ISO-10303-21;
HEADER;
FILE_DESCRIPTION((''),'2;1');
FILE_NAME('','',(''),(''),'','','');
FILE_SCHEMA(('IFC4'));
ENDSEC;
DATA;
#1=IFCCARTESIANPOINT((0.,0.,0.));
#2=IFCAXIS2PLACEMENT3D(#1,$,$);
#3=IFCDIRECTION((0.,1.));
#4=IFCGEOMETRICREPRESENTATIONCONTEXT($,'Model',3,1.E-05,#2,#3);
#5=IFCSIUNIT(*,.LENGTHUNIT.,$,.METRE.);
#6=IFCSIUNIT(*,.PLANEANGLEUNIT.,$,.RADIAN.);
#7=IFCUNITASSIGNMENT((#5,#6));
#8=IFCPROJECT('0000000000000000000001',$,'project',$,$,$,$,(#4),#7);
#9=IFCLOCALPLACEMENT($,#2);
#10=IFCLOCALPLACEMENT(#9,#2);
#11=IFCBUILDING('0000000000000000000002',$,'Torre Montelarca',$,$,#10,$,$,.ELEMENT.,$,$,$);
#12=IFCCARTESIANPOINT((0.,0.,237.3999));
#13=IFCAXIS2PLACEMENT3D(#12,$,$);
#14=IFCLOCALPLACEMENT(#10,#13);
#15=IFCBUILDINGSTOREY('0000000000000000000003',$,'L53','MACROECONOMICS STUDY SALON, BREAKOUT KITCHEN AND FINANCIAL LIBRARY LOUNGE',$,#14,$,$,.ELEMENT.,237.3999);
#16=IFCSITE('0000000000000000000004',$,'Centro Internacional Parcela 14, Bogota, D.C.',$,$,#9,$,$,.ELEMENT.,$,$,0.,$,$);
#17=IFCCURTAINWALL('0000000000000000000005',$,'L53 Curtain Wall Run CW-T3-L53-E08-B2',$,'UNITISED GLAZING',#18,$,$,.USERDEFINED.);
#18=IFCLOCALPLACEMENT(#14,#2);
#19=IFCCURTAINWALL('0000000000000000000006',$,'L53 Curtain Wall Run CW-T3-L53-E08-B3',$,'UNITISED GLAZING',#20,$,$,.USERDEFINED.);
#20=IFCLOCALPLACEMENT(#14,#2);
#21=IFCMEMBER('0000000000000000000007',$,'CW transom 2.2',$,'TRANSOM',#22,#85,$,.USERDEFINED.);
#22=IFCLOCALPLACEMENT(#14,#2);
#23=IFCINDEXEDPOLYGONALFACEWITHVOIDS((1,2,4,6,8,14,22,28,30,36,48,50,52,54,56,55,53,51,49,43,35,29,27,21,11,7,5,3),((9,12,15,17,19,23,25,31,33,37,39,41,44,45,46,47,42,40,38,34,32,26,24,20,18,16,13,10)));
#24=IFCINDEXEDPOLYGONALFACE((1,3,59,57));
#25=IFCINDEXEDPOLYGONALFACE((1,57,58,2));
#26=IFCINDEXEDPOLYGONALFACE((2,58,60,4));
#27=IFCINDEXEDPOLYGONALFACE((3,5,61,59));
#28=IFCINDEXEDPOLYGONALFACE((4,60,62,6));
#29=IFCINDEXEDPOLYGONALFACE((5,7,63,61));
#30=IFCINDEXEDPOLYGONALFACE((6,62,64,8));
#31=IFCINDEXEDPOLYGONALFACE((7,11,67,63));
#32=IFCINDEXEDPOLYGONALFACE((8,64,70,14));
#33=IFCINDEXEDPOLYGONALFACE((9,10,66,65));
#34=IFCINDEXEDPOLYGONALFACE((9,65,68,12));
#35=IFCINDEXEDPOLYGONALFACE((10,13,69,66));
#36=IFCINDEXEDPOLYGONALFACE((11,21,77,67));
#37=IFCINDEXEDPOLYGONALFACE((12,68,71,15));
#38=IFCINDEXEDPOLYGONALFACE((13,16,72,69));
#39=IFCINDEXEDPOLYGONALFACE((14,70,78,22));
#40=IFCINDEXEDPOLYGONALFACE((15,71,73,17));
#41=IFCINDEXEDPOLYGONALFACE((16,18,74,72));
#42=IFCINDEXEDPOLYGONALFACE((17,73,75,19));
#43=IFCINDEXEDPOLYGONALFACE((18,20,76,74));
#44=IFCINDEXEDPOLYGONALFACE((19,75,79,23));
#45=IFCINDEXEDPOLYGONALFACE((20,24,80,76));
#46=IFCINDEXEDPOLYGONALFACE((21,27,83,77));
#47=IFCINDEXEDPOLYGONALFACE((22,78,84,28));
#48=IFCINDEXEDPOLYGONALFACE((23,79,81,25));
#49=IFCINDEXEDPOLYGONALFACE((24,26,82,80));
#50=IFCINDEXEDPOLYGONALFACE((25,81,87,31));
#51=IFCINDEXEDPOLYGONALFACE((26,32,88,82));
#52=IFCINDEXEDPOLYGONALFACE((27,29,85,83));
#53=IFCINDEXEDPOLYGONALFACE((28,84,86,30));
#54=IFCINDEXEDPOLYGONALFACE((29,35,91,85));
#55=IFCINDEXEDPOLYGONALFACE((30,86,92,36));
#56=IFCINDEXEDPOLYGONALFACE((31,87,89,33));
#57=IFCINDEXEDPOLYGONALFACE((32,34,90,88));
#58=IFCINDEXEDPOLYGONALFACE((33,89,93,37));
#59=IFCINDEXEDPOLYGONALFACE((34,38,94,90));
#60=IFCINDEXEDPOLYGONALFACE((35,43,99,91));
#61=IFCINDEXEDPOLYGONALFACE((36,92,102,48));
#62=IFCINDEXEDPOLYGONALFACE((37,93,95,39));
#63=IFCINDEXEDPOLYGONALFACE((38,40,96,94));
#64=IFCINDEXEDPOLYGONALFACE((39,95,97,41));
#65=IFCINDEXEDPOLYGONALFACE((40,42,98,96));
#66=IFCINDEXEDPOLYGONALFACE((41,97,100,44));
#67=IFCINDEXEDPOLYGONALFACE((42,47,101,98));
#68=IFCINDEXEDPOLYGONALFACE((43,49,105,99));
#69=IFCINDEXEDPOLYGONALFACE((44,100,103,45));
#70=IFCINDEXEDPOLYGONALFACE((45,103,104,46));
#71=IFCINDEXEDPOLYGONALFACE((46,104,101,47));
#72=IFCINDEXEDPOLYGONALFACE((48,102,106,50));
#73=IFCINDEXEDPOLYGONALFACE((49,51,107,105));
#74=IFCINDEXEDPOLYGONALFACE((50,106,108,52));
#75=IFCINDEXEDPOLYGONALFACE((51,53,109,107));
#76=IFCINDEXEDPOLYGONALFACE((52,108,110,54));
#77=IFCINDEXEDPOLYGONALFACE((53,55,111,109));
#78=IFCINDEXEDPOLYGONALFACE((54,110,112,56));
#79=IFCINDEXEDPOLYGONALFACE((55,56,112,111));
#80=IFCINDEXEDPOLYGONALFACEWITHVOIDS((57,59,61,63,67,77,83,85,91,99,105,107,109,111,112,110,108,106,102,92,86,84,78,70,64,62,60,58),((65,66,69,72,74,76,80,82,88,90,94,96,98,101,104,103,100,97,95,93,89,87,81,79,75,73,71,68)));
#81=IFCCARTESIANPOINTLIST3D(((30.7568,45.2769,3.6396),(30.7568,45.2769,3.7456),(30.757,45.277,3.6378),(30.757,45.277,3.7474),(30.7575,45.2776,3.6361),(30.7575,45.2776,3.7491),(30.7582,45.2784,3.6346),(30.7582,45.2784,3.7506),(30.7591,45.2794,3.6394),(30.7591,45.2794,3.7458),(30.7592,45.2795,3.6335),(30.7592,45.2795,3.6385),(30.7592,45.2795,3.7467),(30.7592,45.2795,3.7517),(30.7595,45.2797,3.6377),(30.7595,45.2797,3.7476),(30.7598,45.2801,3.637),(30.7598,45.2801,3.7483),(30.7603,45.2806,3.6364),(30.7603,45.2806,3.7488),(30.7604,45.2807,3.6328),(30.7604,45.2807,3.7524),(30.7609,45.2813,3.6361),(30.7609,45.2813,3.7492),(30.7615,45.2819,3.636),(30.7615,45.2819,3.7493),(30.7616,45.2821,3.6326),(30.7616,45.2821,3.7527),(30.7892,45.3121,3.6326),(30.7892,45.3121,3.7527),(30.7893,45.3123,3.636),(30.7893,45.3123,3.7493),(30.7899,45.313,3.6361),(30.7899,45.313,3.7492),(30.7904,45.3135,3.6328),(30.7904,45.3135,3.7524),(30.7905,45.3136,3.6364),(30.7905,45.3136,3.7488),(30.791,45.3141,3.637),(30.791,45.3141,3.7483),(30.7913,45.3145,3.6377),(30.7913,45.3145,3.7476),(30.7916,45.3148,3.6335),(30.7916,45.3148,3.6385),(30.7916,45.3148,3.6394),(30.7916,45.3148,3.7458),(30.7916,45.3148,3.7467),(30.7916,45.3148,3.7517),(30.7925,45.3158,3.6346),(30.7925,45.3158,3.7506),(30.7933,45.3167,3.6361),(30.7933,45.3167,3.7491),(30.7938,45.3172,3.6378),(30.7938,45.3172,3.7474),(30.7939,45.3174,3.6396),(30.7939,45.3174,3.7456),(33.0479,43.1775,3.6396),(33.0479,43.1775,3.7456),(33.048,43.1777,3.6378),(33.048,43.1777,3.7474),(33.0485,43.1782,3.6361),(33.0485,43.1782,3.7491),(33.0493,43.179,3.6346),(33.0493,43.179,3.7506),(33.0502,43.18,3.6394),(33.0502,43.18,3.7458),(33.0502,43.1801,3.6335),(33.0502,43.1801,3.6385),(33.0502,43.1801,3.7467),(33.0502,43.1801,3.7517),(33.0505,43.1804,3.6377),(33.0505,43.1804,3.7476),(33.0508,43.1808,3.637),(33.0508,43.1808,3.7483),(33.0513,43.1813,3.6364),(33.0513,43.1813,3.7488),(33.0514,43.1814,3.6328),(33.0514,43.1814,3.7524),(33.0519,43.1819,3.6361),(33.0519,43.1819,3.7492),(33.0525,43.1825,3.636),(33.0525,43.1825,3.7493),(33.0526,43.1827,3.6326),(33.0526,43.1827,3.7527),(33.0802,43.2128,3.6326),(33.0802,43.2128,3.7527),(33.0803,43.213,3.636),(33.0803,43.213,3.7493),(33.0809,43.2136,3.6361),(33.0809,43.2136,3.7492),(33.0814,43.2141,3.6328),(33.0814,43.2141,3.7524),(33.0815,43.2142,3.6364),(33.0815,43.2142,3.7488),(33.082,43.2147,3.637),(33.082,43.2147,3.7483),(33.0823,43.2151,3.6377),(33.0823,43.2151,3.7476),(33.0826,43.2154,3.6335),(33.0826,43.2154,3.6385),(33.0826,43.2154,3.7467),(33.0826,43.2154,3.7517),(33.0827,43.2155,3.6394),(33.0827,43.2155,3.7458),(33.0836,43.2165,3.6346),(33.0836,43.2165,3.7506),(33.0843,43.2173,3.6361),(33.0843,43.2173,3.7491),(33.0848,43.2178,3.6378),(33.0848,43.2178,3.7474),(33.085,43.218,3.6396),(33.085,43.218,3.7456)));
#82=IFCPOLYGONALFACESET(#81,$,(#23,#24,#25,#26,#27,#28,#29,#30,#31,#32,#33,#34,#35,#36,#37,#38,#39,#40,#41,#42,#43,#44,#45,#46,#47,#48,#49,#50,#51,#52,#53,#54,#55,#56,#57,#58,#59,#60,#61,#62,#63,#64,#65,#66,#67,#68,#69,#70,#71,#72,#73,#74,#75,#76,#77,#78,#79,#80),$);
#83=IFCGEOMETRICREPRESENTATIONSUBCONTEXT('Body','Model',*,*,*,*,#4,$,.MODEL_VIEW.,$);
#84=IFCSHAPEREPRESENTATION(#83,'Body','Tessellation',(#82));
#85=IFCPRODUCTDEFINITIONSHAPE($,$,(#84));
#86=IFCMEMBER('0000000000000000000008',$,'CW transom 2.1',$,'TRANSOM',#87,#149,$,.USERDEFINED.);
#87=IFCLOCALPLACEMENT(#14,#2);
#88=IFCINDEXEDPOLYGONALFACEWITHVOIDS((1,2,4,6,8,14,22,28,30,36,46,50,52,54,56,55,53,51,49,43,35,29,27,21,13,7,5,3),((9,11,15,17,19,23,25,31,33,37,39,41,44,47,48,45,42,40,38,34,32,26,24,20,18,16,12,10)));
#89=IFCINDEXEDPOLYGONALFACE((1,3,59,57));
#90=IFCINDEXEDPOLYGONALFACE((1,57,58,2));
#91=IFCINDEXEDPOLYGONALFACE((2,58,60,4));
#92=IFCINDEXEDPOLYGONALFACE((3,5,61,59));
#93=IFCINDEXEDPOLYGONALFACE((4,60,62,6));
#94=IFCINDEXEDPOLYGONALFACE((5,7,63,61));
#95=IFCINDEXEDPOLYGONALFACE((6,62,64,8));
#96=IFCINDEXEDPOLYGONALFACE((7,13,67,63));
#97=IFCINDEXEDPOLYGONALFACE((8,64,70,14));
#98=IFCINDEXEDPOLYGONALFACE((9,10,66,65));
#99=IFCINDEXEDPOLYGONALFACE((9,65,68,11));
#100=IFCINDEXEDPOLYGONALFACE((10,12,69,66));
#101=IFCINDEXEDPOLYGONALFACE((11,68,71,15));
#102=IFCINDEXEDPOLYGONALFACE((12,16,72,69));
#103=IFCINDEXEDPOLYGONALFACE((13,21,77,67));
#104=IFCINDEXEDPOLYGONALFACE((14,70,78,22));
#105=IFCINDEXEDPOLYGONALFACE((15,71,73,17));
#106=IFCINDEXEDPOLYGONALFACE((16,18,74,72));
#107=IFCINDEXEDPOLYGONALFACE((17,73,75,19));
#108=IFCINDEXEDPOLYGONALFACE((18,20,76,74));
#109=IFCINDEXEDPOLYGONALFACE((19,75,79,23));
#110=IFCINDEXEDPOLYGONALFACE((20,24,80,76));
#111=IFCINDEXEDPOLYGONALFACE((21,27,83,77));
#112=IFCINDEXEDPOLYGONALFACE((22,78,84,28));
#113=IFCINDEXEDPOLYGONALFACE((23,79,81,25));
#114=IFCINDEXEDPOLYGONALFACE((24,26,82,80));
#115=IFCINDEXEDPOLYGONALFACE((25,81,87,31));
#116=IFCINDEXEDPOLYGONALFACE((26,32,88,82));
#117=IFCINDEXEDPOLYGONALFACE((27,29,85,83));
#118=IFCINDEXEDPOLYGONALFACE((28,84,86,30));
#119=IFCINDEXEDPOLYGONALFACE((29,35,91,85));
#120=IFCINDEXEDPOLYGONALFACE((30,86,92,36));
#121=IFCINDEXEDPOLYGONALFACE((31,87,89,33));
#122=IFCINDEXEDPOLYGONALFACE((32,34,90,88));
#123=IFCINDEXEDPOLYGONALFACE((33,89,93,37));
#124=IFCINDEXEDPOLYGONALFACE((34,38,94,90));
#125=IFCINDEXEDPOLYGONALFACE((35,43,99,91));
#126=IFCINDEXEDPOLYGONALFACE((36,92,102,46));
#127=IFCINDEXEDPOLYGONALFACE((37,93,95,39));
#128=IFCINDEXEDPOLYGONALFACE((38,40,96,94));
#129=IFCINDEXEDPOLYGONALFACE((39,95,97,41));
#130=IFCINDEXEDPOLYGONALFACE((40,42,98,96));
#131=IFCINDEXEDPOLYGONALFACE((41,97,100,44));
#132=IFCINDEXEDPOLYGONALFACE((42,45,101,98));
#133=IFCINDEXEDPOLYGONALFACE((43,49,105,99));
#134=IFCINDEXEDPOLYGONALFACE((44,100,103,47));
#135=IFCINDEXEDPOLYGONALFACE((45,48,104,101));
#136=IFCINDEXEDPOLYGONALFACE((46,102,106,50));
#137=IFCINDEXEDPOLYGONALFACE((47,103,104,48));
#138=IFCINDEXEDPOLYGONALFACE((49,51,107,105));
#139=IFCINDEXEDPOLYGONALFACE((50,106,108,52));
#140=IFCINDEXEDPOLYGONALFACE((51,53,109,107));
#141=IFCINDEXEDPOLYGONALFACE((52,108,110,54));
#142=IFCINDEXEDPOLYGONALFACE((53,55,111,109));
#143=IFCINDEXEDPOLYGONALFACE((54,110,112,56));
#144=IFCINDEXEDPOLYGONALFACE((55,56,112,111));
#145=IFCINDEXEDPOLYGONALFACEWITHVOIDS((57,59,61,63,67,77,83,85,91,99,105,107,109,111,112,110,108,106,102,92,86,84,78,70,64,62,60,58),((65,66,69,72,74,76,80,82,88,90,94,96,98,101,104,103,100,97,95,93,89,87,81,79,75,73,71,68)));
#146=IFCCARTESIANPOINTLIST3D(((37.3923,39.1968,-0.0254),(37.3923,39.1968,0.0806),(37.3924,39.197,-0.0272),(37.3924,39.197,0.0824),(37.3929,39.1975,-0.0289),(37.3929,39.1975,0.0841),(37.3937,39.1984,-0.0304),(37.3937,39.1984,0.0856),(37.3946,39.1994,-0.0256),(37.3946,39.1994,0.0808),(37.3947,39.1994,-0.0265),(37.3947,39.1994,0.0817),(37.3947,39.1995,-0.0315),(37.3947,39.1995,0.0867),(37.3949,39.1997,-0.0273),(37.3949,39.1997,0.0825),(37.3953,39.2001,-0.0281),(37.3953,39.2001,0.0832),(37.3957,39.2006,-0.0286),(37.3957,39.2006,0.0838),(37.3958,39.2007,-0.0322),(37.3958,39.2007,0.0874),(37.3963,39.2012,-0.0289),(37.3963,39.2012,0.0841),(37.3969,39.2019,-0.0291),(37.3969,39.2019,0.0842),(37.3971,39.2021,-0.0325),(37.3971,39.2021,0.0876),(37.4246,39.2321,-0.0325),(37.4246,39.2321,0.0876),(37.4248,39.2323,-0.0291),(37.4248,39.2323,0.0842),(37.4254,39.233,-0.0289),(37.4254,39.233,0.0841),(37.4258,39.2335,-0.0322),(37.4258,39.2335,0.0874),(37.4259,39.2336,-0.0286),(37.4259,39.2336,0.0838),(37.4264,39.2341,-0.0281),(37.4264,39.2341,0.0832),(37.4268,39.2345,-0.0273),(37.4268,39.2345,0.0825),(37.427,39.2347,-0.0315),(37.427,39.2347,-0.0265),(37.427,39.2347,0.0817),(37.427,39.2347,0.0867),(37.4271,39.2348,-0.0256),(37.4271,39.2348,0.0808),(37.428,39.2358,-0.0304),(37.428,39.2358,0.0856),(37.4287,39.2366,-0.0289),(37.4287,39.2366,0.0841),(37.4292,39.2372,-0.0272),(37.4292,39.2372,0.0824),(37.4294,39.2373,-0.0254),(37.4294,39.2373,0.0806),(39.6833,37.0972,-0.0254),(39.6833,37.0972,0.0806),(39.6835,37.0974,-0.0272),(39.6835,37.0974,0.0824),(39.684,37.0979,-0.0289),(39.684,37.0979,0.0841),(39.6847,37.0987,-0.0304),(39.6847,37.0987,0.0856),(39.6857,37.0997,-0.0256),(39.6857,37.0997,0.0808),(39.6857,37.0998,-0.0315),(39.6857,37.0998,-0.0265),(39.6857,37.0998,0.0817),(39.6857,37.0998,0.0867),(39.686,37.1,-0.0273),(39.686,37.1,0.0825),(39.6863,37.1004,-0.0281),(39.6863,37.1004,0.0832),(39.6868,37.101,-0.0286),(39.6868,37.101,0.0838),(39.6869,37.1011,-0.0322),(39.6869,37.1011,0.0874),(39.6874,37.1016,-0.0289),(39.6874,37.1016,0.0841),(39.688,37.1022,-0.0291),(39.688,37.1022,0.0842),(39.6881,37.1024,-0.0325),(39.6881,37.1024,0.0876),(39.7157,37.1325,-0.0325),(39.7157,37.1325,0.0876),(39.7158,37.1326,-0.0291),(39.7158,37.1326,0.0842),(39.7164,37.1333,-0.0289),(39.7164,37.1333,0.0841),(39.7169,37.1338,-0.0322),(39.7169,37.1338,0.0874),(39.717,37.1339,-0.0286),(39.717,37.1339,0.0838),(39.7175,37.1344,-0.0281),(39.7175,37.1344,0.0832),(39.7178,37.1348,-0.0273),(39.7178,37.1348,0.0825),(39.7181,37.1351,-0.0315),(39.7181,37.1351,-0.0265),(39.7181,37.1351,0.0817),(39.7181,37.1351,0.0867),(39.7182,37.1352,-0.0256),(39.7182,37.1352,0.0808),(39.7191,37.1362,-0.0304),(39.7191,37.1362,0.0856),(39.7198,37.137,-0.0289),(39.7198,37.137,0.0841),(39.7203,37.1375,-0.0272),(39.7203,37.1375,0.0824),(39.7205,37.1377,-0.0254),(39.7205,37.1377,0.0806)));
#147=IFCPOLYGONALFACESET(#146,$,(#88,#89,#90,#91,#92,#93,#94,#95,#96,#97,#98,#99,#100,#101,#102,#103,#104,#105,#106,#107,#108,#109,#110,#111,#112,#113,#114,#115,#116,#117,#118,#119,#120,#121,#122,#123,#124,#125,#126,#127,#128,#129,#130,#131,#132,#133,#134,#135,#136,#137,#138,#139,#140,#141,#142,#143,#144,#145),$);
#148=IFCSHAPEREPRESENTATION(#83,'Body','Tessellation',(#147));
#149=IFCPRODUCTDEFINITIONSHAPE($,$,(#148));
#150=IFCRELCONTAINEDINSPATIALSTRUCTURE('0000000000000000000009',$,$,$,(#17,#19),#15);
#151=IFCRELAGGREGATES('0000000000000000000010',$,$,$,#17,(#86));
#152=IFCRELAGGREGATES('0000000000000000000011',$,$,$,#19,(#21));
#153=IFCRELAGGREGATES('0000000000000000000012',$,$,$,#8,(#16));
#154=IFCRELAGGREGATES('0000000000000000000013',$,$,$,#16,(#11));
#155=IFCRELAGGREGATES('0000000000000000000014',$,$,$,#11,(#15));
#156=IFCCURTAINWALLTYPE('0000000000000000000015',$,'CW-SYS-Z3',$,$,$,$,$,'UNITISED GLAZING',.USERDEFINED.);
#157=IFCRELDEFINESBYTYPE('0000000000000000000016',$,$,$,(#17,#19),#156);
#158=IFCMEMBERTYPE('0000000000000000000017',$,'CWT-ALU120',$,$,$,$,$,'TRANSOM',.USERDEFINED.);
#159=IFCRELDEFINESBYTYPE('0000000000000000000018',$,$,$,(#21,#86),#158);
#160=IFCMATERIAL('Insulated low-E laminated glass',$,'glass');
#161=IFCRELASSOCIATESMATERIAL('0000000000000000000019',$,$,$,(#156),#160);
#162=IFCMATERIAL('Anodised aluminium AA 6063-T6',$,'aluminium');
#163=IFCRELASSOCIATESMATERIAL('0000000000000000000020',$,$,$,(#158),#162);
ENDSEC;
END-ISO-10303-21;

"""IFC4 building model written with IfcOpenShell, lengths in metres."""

from ifc_helpers import new_model, si_unit, direction, frame, origin, origin_2d, place, context, subcontext, project, spatial, hollow_rectangle, extrude, source, transform, mapped, material, material_profile, profile_set, type_object, element, aggregate, save


model = new_model("IFC4")

# Units and contexts
model_context = context("Model", 3, precision=1e-05, world=origin(), true_north=direction((0.0, 1.0)))
body_context = subcontext(model_context, "Body", "Model", "MODEL_VIEW")
ifc_project = project(units=[si_unit("LENGTHUNIT", "METRE"), si_unit("PLANEANGLEUNIT", "RADIAN")], contexts=[model_context])

# Site, building, storey
site_placement = place(None, origin())
site = spatial("IfcSite", under=ifc_project, at=site_placement, Name="Centro Internacional Parcela 14, Bogota, D.C.", CompositionType="ELEMENT", RefElevation=0.0)
building_placement = place(site_placement, origin())
building = spatial("IfcBuilding", under=site, at=building_placement, Name="Torre Montelarca", CompositionType="ELEMENT")
storey_placement = place(building_placement, frame((0.0, 0.0, 237.3999)))
storey = spatial("IfcBuildingStorey", under=building, at=storey_placement, Name="L53", Description="MACROECONOMICS STUDY SALON, BREAKOUT KITCHEN AND FINANCIAL LIBRARY LOUNGE", CompositionType="ELEMENT", Elevation=237.3999)

# Curtain walls, member
ifc_material_1 = material(Name="Insulated low-E laminated glass", Category="glass")
curtain_wall_type = type_object("IfcCurtainWallType", Name="CW-SYS-Z3", ElementType="UNITISED GLAZING", PredefinedType="USERDEFINED", material=ifc_material_1)
curtain_wall_1_placement = place(storey_placement, origin())
curtain_wall_1 = element("IfcCurtainWall", 1, at=curtain_wall_1_placement, inside=storey, type_object=curtain_wall_type, Name="L53 Curtain Wall Run CW-T3-L53-E08-B2", ObjectType="UNITISED GLAZING", PredefinedType="USERDEFINED")
ifc_material_2 = material(Name="Anodised aluminium AA 6063-T6", Category="aluminium")
ifc_material_profile_1 = material_profile(ifc_material_2, hollow_rectangle(XDim=0.0549, YDim=0.1201, WallThickness=0.0034, InnerFilletRadius=0.0034, OuterFilletRadius=0.0071, at=origin_2d()), Name="ALU55X120X3.5", Category="aluminium")
ifc_profile_set_1 = profile_set([ifc_material_profile_1], Name="Anodised aluminium AA 6063-T6")
member_type_1 = type_object("IfcMemberType", Name="CWT-ALU120", ElementType="TRANSOM", PredefinedType="USERDEFINED", material=ifc_profile_set_1)
shared_shape_1 = source(origin(), body_context, "Body", "SweptSolid", [
    extrude(hollow_rectangle(XDim=0.0549, YDim=0.1201, WallThickness=0.0034, InnerFilletRadius=0.0034, OuterFilletRadius=0.0071, at=origin_2d()), origin(), (0.0, 0.0, 1.0), 3.1074),
])
curtain_wall_2_placement = place(storey_placement, origin())
curtain_wall_2 = element("IfcCurtainWall", 2, at=curtain_wall_2_placement, inside=storey, type_object=curtain_wall_type, Name="L53 Curtain Wall Run CW-T3-L53-E08-B3", ObjectType="UNITISED GLAZING", PredefinedType="USERDEFINED")
member_1_placement = place(storey_placement, frame((33.0664, 43.1978, 3.6926), z_axis=(-0.737272, 0.675597, 0.0), x_axis=(-0.675597, -0.737272, 0.0)))
member_1 = element("IfcMember", 3, at=member_1_placement, type_object=member_type_1, Name="CW transom 2.2", ObjectType="TRANSOM", PredefinedType="USERDEFINED", context=body_context, shape_type="MappedRepresentation", body=[
    mapped(shared_shape_1, transform((0.0, 0.0, 0.0), scale=1.0)),
])

# Member
shared_shape_2 = source(origin(), body_context, "Body", "SweptSolid", [
    extrude(hollow_rectangle(XDim=0.0549, YDim=0.1201, WallThickness=0.0034, InnerFilletRadius=0.0034, OuterFilletRadius=0.0071, at=origin_2d()), origin(), (0.0, 0.0, 1.0), 3.1077),
])
member_2_placement = place(storey_placement, frame((39.7019, 37.1174, 0.0276), z_axis=(-0.737232, 0.675639, 0.0), x_axis=(-0.675639, -0.737232, 0.0)))
member_2 = element("IfcMember", 4, at=member_2_placement, type_object=member_type_1, Name="CW transom 2.1", ObjectType="TRANSOM", PredefinedType="USERDEFINED", context=body_context, shape_type="MappedRepresentation", body=[
    mapped(shared_shape_2, transform((0.0, 0.0, 0.0), scale=1.0)),
])

aggregate(curtain_wall_1, [member_2])
aggregate(curtain_wall_2, [member_1])

save(model, "model.ifc")
